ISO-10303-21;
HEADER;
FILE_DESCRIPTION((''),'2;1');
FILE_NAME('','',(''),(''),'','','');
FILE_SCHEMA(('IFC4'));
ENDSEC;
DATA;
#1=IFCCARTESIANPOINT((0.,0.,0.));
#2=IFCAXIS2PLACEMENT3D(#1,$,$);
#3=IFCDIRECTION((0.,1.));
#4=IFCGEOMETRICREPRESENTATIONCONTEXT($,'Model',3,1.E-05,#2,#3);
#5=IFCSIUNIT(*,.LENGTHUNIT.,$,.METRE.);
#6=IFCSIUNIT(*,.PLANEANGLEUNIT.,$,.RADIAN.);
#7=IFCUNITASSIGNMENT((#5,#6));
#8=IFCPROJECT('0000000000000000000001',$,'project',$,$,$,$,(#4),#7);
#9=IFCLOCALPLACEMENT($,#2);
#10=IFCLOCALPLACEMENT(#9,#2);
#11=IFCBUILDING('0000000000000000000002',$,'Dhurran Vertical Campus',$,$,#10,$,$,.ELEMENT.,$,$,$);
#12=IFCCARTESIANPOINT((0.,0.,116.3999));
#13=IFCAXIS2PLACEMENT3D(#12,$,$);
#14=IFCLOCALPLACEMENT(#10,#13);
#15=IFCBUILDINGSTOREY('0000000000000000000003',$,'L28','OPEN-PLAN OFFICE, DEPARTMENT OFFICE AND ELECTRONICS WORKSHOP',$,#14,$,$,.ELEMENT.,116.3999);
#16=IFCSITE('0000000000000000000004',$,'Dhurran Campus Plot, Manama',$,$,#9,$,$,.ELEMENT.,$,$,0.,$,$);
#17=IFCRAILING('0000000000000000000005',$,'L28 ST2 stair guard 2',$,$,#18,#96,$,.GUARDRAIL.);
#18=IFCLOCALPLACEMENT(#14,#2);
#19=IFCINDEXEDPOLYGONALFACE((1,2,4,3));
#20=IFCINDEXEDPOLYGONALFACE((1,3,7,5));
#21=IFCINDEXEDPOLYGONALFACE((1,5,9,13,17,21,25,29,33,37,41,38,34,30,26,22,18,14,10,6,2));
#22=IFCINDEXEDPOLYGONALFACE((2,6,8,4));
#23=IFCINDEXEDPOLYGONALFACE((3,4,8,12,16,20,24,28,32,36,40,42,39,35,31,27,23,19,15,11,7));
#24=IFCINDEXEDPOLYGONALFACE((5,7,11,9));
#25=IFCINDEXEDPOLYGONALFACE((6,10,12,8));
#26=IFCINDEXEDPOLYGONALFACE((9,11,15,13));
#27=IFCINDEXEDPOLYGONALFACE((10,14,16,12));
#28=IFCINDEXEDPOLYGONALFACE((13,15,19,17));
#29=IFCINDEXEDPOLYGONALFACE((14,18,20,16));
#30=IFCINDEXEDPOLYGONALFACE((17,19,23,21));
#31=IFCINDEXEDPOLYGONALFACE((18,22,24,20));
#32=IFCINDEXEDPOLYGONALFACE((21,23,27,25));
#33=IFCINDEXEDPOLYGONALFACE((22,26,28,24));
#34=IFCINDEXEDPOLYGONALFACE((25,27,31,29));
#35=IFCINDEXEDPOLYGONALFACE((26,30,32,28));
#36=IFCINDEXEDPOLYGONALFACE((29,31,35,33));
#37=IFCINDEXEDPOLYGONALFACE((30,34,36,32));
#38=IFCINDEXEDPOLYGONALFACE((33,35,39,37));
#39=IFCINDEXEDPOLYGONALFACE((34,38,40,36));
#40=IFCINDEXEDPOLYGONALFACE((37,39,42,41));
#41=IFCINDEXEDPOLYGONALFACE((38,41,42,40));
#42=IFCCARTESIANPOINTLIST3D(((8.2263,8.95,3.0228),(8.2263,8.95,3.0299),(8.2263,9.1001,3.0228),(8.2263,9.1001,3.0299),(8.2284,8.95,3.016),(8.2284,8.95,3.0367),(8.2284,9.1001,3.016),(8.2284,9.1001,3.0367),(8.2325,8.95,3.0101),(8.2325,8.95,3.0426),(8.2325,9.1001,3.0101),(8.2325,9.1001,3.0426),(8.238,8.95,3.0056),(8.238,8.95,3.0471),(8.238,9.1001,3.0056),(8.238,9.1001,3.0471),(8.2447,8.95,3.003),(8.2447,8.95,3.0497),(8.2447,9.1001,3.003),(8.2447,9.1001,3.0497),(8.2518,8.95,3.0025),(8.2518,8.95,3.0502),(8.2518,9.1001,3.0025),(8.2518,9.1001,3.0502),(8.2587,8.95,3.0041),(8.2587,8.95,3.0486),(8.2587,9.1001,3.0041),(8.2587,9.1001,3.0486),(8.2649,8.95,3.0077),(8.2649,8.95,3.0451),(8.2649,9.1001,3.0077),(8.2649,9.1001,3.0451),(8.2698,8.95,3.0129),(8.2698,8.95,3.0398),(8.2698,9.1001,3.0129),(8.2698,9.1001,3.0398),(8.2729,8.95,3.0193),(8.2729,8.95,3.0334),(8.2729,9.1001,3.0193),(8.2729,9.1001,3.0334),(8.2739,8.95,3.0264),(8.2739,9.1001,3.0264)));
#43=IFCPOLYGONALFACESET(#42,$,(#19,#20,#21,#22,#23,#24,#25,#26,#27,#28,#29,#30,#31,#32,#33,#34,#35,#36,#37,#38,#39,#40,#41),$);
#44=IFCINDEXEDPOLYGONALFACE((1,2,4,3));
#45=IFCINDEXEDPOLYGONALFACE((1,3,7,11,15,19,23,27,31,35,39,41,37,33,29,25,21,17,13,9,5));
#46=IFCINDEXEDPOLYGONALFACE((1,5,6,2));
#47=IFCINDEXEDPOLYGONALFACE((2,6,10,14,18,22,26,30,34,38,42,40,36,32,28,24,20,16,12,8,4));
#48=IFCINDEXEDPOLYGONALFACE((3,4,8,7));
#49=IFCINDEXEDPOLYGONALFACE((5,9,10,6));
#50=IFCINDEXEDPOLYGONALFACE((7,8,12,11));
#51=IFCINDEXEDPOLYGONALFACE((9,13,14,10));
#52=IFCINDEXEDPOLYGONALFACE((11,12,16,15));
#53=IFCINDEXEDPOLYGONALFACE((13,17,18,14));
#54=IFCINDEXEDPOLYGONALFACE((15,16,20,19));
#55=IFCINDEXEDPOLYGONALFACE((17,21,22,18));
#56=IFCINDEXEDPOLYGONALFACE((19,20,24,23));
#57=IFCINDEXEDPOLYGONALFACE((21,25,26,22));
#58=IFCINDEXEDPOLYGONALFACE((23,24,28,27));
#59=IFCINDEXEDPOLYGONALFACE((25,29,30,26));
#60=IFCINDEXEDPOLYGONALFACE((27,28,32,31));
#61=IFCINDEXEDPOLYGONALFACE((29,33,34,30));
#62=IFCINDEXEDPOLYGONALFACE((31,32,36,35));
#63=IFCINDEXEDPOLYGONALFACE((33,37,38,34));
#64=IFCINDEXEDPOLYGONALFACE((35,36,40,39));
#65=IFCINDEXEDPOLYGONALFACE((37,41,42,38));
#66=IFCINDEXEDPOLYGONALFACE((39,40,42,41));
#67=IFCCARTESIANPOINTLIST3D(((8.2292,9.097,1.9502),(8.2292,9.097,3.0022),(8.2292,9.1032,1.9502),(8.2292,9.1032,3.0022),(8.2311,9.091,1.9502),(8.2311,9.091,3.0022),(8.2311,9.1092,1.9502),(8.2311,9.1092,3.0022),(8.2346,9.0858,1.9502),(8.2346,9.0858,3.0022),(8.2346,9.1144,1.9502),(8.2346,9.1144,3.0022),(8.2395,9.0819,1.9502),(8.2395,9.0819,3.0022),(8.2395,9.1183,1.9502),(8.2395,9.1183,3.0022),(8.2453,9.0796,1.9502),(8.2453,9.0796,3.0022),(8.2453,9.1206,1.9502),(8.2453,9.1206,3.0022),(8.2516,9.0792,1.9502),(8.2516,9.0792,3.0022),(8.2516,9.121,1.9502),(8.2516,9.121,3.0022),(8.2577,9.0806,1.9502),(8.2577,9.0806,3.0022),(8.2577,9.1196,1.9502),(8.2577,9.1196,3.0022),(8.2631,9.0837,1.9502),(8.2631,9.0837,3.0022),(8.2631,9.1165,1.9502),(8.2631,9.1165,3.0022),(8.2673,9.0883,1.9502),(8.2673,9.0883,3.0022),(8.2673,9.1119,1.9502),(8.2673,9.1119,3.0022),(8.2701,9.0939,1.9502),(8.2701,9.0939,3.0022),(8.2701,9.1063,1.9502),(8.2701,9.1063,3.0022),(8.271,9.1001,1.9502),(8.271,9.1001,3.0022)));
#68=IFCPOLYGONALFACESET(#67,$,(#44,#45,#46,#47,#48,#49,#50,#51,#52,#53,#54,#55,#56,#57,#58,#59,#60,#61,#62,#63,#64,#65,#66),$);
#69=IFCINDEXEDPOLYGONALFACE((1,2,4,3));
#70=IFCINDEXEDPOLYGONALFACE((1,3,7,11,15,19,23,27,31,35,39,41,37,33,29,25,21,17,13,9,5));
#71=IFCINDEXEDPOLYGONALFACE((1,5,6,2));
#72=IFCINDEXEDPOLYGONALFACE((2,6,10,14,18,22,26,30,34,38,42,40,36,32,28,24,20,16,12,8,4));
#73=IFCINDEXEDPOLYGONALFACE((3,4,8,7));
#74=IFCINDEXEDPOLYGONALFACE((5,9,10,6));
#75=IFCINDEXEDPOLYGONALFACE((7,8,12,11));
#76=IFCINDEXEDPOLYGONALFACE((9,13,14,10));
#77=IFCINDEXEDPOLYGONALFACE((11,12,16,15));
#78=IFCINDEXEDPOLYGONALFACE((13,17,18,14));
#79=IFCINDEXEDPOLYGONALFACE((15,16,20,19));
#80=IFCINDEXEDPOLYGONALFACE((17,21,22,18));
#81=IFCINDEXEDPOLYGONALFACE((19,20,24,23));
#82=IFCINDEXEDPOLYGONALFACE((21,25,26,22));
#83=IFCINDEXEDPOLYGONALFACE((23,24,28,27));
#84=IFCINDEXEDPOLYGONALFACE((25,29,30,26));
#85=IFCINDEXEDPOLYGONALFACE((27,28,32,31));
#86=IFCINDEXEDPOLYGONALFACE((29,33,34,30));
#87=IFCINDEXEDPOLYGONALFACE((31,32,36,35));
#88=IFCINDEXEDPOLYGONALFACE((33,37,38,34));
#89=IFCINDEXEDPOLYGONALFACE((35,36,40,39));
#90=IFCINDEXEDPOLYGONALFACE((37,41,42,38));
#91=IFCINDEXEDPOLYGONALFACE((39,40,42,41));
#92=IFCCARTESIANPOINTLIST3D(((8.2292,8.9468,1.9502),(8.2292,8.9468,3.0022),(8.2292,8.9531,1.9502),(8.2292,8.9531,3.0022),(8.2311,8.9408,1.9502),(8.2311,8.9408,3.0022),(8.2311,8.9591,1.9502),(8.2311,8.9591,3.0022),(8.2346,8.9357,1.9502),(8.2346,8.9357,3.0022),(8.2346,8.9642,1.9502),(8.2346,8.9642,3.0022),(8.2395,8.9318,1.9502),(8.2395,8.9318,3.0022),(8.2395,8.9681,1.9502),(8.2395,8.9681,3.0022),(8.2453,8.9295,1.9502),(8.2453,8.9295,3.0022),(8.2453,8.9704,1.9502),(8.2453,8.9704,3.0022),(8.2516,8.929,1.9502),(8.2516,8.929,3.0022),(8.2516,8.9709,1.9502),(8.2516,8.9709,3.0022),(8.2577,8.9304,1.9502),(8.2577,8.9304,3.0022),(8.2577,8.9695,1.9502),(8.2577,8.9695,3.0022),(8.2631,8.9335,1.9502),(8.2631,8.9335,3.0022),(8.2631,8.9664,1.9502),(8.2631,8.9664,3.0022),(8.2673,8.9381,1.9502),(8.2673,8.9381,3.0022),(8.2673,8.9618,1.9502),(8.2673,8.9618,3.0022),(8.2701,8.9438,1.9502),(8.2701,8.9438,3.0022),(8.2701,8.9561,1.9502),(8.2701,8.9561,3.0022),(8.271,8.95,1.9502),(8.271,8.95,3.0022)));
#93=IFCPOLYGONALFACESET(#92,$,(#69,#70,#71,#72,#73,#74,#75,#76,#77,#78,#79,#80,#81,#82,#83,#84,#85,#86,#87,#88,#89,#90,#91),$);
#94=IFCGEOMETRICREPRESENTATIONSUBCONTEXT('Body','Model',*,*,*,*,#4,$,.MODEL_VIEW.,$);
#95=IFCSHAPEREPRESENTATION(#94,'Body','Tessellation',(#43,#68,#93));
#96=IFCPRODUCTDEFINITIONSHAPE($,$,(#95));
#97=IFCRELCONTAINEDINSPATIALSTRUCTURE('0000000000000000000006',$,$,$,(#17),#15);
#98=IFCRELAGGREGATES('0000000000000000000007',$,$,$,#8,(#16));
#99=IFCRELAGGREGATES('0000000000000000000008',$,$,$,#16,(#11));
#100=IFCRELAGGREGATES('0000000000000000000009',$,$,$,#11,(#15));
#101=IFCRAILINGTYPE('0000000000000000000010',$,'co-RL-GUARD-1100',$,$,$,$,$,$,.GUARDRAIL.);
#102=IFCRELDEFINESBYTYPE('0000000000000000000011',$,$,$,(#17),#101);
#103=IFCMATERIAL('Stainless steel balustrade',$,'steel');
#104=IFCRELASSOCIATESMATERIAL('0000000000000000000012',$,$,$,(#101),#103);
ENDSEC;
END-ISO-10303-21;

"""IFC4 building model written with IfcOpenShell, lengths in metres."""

from ifc_helpers import new_model, si_unit, direction, frame, origin, origin_2d, place, context, subcontext, project, spatial, circle, extrude, material, type_object, element, save


model = new_model("IFC4")

# Units and contexts
model_context = context("Model", 3, precision=1e-05, world=origin(), true_north=direction((0.0, 1.0)))
body_context = subcontext(model_context, "Body", "Model", "MODEL_VIEW")
ifc_project = project(units=[si_unit("LENGTHUNIT", "METRE"), si_unit("PLANEANGLEUNIT", "RADIAN")], contexts=[model_context])

# Site, building, storey
site_placement = place(None, origin())
site = spatial("IfcSite", under=ifc_project, at=site_placement, Name="Dhurran Campus Plot, Manama", CompositionType="ELEMENT", RefElevation=0.0)
building_placement = place(site_placement, origin())
building = spatial("IfcBuilding", under=site, at=building_placement, Name="Dhurran Vertical Campus", CompositionType="ELEMENT")
storey_placement = place(building_placement, frame((0.0, 0.0, 116.3999)))
storey = spatial("IfcBuildingStorey", under=building, at=storey_placement, Name="L28", Description="OPEN-PLAN OFFICE, DEPARTMENT OFFICE AND ELECTRONICS WORKSHOP", CompositionType="ELEMENT", Elevation=116.3999)

# Railing
ifc_material_1 = material(Name="Stainless steel balustrade", Category="steel")
railing_type_1 = type_object("IfcRailingType", Name="co-RL-GUARD-1100", PredefinedType="GUARDRAIL", material=ifc_material_1)
railing_1_placement = place(storey_placement, frame((8.25, 9.1001, 1.9502)))
element("IfcRailing", 1, at=railing_1_placement, inside=storey, type_object=railing_type_1, Name="L28 ST2 stair guard 2", PredefinedType="GUARDRAIL", context=body_context, shape_type="SweptSolid", body=[
    extrude(circle(Radius=0.0239, at=origin_2d()), frame((0.0, 0.0, 1.0762), z_axis=(0.0, -1.0, 0.0), x_axis=(1.0, 0.0, 0.0)), (0.0, 0.0, 1.0), 0.1501),
    extrude(circle(Radius=0.021, at=origin_2d()), origin(), (0.0, 0.0, 1.0), 1.052),
    extrude(circle(Radius=0.021, at=origin_2d()), frame((0.0, -0.1501, 0.0)), (0.0, 0.0, 1.0), 1.052),
])

save(model, "model.ifc")
